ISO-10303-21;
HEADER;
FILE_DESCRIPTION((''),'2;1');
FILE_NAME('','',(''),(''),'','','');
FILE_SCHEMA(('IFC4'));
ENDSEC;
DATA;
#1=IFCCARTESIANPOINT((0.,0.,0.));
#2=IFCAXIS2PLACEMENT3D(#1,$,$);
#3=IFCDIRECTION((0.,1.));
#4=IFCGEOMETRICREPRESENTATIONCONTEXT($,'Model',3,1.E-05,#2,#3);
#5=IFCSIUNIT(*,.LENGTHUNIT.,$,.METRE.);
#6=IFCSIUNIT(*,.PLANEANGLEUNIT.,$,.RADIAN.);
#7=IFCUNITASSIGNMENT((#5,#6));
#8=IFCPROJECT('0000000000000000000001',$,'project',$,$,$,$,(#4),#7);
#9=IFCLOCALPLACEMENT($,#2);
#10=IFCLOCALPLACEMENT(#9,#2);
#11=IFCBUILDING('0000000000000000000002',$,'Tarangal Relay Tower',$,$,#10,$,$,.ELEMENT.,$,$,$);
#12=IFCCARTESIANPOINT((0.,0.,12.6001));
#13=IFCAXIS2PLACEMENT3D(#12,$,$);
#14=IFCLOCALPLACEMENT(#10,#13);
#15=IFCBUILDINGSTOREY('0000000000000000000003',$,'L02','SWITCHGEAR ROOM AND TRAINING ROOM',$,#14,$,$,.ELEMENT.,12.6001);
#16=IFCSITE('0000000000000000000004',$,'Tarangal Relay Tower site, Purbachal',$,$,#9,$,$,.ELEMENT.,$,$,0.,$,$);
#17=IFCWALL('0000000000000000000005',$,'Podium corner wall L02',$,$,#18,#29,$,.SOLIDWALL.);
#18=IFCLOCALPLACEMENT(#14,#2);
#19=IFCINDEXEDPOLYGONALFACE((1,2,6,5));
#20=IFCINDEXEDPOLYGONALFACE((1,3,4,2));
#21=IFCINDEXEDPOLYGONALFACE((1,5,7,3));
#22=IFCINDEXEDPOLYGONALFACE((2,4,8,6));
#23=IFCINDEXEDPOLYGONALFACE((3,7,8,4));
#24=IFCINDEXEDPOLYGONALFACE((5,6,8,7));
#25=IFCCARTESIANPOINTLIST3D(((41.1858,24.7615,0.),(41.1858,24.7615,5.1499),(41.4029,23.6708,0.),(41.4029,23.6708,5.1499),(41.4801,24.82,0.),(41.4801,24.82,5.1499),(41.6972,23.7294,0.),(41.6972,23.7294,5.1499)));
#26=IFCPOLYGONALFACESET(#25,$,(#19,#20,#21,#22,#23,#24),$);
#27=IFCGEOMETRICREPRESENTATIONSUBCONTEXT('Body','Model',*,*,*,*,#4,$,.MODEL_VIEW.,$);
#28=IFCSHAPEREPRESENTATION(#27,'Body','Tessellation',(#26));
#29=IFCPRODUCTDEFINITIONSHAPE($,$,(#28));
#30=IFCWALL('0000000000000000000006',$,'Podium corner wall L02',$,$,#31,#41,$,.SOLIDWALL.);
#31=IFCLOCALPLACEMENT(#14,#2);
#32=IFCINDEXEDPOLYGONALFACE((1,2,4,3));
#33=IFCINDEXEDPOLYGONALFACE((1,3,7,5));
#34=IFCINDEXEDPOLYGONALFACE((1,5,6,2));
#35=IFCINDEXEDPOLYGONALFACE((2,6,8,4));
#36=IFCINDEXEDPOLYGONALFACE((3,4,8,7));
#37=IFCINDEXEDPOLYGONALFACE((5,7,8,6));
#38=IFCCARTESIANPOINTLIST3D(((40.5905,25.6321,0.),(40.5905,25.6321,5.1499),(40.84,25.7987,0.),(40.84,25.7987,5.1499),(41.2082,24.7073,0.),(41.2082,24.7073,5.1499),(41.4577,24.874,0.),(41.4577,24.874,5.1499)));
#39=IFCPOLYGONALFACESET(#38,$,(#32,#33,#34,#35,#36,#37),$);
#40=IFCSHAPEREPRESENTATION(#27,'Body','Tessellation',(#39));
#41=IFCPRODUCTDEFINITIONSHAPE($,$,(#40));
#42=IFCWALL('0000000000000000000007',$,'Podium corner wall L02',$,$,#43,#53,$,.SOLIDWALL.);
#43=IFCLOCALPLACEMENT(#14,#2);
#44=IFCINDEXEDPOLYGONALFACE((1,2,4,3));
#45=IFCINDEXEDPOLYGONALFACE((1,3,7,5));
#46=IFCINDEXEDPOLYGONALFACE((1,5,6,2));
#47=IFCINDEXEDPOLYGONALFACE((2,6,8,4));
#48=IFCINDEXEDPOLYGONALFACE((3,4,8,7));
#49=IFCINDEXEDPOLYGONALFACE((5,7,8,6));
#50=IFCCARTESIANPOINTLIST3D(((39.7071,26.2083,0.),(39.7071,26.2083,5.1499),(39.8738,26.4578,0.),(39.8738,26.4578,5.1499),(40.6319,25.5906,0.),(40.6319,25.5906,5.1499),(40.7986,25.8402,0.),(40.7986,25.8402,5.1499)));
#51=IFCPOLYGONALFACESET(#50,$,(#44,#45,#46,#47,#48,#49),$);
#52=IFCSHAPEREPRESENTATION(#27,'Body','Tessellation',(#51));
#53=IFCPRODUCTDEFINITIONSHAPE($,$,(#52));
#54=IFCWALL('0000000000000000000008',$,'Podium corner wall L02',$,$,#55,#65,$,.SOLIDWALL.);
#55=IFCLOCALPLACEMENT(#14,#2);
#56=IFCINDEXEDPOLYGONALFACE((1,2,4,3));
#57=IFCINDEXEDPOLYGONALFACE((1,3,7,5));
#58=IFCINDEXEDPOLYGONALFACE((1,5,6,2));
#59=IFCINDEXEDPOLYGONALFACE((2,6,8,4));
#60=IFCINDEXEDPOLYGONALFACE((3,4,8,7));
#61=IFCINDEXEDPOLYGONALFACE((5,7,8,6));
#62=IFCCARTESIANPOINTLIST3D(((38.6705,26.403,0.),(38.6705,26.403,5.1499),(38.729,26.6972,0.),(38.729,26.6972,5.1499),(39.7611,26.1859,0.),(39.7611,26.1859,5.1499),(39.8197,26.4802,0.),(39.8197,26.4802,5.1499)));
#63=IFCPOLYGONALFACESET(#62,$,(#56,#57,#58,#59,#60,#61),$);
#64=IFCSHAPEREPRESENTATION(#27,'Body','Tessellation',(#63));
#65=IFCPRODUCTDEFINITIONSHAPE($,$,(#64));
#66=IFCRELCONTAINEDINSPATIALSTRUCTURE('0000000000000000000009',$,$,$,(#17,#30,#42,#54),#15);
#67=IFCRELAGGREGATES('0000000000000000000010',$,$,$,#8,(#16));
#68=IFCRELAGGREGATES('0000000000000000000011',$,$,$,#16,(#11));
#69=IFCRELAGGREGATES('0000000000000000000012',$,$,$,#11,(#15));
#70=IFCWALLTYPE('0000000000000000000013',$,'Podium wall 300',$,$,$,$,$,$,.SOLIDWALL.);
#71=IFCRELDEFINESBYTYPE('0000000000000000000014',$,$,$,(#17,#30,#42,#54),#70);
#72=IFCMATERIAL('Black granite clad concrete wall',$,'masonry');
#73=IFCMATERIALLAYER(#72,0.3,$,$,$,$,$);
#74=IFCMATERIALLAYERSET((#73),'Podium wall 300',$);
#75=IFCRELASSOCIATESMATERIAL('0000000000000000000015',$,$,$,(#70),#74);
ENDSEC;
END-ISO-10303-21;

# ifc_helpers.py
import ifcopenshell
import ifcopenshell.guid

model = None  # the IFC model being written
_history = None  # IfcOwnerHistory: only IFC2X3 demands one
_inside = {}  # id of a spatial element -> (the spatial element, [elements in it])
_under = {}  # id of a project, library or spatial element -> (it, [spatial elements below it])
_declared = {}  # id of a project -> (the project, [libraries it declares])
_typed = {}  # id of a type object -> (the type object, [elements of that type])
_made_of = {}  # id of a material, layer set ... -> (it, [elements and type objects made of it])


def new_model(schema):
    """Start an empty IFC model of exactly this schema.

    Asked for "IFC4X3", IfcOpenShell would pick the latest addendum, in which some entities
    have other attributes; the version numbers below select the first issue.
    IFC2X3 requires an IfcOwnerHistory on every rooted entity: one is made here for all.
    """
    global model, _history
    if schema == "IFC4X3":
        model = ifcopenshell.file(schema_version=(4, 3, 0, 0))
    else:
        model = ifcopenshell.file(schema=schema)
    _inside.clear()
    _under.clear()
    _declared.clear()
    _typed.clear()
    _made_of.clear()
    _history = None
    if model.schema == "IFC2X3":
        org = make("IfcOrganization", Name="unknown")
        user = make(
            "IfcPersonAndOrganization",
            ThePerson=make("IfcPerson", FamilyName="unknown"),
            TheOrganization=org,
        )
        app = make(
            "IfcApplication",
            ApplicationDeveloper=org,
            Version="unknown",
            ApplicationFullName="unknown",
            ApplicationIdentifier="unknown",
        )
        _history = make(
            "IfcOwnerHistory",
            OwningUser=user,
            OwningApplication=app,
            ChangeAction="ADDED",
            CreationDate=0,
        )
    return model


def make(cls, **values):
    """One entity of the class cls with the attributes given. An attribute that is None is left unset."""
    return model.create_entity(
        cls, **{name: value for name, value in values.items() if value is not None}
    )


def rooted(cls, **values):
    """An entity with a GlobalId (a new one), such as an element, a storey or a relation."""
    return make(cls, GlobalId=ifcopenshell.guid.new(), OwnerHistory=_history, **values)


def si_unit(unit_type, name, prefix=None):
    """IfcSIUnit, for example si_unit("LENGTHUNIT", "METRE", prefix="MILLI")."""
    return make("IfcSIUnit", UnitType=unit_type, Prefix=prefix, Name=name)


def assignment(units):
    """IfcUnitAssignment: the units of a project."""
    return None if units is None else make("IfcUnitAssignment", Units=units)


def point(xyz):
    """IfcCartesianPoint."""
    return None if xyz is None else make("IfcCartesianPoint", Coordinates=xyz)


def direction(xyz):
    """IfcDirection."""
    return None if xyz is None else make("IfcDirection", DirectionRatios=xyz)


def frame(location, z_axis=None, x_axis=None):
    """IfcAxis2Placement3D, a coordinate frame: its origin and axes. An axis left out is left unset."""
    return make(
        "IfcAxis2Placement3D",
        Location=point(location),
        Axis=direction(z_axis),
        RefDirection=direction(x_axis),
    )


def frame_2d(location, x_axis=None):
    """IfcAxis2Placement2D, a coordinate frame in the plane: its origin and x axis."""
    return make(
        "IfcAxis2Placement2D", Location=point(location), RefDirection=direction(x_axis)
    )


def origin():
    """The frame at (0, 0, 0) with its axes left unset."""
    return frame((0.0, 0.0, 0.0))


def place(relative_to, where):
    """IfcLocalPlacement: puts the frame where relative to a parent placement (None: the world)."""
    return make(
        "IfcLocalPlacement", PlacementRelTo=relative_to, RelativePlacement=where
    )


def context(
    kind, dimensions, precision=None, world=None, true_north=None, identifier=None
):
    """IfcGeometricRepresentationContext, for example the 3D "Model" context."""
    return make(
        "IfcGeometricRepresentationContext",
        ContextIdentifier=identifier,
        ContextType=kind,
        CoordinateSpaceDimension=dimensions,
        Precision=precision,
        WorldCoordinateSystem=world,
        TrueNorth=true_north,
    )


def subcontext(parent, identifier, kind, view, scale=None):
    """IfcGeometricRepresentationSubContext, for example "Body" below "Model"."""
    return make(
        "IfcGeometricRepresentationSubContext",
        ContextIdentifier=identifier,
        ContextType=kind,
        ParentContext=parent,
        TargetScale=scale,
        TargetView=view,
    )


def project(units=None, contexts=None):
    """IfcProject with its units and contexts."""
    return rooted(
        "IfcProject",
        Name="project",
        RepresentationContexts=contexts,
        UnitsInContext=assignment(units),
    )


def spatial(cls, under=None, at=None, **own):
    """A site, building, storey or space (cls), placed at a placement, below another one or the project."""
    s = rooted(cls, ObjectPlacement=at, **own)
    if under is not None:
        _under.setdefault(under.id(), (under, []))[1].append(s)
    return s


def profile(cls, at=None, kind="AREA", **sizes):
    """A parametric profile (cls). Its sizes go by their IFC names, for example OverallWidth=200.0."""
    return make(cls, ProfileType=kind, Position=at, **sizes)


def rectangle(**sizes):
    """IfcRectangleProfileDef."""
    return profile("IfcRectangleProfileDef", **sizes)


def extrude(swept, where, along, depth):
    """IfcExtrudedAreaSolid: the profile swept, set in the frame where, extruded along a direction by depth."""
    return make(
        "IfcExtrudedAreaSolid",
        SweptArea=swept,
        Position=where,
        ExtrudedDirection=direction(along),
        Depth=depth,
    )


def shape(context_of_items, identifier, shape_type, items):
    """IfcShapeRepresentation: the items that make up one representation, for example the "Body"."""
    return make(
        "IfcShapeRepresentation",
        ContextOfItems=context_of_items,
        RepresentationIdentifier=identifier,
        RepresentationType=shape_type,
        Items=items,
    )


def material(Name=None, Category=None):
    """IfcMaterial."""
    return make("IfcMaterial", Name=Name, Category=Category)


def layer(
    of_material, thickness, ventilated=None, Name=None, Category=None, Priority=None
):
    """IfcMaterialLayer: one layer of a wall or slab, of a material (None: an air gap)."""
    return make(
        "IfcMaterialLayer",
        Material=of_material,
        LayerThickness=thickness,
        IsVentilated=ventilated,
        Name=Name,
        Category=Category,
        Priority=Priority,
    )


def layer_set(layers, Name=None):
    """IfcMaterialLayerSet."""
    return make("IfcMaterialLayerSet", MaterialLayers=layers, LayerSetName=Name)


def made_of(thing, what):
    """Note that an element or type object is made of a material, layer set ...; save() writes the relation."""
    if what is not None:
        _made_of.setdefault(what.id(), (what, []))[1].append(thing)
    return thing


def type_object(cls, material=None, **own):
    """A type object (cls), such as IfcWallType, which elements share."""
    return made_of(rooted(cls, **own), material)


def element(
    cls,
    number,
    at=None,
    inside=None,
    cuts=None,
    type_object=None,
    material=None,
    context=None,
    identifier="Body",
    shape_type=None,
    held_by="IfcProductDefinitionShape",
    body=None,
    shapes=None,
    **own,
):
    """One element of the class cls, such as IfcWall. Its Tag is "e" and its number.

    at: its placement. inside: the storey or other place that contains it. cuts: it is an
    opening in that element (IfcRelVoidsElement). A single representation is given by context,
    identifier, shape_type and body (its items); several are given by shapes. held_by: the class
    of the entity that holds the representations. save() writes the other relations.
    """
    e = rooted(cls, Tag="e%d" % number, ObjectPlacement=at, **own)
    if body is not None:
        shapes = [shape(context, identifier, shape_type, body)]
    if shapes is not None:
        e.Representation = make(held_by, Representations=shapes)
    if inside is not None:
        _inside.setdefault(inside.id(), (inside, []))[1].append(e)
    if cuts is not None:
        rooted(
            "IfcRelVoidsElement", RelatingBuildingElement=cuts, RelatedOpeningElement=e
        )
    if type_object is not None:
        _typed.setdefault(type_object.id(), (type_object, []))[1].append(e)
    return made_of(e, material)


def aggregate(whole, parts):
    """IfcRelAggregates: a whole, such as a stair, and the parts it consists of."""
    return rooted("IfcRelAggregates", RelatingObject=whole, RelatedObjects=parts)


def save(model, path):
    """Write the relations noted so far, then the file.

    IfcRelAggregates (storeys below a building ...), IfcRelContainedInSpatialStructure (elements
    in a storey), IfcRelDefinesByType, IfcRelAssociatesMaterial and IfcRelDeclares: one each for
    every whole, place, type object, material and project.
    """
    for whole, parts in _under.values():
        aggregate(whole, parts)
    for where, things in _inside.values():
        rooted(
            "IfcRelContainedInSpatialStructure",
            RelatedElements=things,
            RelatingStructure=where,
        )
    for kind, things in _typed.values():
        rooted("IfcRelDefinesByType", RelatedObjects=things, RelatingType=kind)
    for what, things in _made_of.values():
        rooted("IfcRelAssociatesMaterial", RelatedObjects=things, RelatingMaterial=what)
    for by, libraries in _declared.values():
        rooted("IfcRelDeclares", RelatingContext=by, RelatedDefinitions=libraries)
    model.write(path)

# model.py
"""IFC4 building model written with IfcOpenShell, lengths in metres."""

from ifc_helpers import new_model, si_unit, direction, frame, frame_2d, origin, place, context, subcontext, project, spatial, rectangle, extrude, material, layer, layer_set, type_object, element, save


model = new_model("IFC4")

# Units and contexts
model_context = context("Model", 3, precision=1e-05, world=origin(), true_north=direction((0.0, 1.0)))
body_context = subcontext(model_context, "Body", "Model", "MODEL_VIEW")
ifc_project = project(units=[si_unit("LENGTHUNIT", "METRE"), si_unit("PLANEANGLEUNIT", "RADIAN")], contexts=[model_context])

# Site, building, storey
site_placement = place(None, origin())
site = spatial("IfcSite", under=ifc_project, at=site_placement, Name="Tarangal Relay Tower site, Purbachal", CompositionType="ELEMENT", RefElevation=0.0)
building_placement = place(site_placement, origin())
building = spatial("IfcBuilding", under=site, at=building_placement, Name="Tarangal Relay Tower", CompositionType="ELEMENT")
storey_placement = place(building_placement, frame((0.0, 0.0, 12.6001)))
storey = spatial("IfcBuildingStorey", under=building, at=storey_placement, Name="L02", Description="SWITCHGEAR ROOM AND TRAINING ROOM", CompositionType="ELEMENT", Elevation=12.6001)

# Walls
ifc_material_1 = material(Name="Black granite clad concrete wall", Category="masonry")
ifc_layer_1 = layer(ifc_material_1, 0.3)
ifc_layer_set_1 = layer_set([ifc_layer_1], Name="Podium wall 300")
wall_type = type_object("IfcWallType", Name="Podium wall 300", PredefinedType="SOLIDWALL", material=ifc_layer_set_1)
for number, where, z_axis, x_axis, name in (
    (1, (41.55, 23.7, 0.0), (0.0, 0.0, 1.0), (-0.195187, 0.980766, 0.0), "Podium corner wall L02"),
    (2, (41.333, 24.7905, 0.0), (0.0, 0.0, 1.0), (-0.555409, 0.831577, 0.0), "Podium corner wall L02"),
    (3, (40.7153, 25.7153, 0.0), (0.0, 0.0, 1.0), (-0.831577, 0.555409, 0.0), "Podium corner wall L02"),
    (4, (39.7905, 26.333, 0.0), (0.0, 0.0, 1.0), (-0.980766, 0.195187, 0.0), "Podium corner wall L02"),
):
    element("IfcWall", number, at=place(storey_placement, frame(where, z_axis=z_axis, x_axis=x_axis)), inside=storey, type_object=wall_type, Name=name, PredefinedType="SOLIDWALL", context=body_context, shape_type="SweptSolid", body=[
        extrude(rectangle(XDim=1.1121, YDim=0.3, at=frame_2d((0.5562, 0.0))), origin(), (0.0, 0.0, 1.0), 5.1499),
    ])

save(model, "model.ifc")
